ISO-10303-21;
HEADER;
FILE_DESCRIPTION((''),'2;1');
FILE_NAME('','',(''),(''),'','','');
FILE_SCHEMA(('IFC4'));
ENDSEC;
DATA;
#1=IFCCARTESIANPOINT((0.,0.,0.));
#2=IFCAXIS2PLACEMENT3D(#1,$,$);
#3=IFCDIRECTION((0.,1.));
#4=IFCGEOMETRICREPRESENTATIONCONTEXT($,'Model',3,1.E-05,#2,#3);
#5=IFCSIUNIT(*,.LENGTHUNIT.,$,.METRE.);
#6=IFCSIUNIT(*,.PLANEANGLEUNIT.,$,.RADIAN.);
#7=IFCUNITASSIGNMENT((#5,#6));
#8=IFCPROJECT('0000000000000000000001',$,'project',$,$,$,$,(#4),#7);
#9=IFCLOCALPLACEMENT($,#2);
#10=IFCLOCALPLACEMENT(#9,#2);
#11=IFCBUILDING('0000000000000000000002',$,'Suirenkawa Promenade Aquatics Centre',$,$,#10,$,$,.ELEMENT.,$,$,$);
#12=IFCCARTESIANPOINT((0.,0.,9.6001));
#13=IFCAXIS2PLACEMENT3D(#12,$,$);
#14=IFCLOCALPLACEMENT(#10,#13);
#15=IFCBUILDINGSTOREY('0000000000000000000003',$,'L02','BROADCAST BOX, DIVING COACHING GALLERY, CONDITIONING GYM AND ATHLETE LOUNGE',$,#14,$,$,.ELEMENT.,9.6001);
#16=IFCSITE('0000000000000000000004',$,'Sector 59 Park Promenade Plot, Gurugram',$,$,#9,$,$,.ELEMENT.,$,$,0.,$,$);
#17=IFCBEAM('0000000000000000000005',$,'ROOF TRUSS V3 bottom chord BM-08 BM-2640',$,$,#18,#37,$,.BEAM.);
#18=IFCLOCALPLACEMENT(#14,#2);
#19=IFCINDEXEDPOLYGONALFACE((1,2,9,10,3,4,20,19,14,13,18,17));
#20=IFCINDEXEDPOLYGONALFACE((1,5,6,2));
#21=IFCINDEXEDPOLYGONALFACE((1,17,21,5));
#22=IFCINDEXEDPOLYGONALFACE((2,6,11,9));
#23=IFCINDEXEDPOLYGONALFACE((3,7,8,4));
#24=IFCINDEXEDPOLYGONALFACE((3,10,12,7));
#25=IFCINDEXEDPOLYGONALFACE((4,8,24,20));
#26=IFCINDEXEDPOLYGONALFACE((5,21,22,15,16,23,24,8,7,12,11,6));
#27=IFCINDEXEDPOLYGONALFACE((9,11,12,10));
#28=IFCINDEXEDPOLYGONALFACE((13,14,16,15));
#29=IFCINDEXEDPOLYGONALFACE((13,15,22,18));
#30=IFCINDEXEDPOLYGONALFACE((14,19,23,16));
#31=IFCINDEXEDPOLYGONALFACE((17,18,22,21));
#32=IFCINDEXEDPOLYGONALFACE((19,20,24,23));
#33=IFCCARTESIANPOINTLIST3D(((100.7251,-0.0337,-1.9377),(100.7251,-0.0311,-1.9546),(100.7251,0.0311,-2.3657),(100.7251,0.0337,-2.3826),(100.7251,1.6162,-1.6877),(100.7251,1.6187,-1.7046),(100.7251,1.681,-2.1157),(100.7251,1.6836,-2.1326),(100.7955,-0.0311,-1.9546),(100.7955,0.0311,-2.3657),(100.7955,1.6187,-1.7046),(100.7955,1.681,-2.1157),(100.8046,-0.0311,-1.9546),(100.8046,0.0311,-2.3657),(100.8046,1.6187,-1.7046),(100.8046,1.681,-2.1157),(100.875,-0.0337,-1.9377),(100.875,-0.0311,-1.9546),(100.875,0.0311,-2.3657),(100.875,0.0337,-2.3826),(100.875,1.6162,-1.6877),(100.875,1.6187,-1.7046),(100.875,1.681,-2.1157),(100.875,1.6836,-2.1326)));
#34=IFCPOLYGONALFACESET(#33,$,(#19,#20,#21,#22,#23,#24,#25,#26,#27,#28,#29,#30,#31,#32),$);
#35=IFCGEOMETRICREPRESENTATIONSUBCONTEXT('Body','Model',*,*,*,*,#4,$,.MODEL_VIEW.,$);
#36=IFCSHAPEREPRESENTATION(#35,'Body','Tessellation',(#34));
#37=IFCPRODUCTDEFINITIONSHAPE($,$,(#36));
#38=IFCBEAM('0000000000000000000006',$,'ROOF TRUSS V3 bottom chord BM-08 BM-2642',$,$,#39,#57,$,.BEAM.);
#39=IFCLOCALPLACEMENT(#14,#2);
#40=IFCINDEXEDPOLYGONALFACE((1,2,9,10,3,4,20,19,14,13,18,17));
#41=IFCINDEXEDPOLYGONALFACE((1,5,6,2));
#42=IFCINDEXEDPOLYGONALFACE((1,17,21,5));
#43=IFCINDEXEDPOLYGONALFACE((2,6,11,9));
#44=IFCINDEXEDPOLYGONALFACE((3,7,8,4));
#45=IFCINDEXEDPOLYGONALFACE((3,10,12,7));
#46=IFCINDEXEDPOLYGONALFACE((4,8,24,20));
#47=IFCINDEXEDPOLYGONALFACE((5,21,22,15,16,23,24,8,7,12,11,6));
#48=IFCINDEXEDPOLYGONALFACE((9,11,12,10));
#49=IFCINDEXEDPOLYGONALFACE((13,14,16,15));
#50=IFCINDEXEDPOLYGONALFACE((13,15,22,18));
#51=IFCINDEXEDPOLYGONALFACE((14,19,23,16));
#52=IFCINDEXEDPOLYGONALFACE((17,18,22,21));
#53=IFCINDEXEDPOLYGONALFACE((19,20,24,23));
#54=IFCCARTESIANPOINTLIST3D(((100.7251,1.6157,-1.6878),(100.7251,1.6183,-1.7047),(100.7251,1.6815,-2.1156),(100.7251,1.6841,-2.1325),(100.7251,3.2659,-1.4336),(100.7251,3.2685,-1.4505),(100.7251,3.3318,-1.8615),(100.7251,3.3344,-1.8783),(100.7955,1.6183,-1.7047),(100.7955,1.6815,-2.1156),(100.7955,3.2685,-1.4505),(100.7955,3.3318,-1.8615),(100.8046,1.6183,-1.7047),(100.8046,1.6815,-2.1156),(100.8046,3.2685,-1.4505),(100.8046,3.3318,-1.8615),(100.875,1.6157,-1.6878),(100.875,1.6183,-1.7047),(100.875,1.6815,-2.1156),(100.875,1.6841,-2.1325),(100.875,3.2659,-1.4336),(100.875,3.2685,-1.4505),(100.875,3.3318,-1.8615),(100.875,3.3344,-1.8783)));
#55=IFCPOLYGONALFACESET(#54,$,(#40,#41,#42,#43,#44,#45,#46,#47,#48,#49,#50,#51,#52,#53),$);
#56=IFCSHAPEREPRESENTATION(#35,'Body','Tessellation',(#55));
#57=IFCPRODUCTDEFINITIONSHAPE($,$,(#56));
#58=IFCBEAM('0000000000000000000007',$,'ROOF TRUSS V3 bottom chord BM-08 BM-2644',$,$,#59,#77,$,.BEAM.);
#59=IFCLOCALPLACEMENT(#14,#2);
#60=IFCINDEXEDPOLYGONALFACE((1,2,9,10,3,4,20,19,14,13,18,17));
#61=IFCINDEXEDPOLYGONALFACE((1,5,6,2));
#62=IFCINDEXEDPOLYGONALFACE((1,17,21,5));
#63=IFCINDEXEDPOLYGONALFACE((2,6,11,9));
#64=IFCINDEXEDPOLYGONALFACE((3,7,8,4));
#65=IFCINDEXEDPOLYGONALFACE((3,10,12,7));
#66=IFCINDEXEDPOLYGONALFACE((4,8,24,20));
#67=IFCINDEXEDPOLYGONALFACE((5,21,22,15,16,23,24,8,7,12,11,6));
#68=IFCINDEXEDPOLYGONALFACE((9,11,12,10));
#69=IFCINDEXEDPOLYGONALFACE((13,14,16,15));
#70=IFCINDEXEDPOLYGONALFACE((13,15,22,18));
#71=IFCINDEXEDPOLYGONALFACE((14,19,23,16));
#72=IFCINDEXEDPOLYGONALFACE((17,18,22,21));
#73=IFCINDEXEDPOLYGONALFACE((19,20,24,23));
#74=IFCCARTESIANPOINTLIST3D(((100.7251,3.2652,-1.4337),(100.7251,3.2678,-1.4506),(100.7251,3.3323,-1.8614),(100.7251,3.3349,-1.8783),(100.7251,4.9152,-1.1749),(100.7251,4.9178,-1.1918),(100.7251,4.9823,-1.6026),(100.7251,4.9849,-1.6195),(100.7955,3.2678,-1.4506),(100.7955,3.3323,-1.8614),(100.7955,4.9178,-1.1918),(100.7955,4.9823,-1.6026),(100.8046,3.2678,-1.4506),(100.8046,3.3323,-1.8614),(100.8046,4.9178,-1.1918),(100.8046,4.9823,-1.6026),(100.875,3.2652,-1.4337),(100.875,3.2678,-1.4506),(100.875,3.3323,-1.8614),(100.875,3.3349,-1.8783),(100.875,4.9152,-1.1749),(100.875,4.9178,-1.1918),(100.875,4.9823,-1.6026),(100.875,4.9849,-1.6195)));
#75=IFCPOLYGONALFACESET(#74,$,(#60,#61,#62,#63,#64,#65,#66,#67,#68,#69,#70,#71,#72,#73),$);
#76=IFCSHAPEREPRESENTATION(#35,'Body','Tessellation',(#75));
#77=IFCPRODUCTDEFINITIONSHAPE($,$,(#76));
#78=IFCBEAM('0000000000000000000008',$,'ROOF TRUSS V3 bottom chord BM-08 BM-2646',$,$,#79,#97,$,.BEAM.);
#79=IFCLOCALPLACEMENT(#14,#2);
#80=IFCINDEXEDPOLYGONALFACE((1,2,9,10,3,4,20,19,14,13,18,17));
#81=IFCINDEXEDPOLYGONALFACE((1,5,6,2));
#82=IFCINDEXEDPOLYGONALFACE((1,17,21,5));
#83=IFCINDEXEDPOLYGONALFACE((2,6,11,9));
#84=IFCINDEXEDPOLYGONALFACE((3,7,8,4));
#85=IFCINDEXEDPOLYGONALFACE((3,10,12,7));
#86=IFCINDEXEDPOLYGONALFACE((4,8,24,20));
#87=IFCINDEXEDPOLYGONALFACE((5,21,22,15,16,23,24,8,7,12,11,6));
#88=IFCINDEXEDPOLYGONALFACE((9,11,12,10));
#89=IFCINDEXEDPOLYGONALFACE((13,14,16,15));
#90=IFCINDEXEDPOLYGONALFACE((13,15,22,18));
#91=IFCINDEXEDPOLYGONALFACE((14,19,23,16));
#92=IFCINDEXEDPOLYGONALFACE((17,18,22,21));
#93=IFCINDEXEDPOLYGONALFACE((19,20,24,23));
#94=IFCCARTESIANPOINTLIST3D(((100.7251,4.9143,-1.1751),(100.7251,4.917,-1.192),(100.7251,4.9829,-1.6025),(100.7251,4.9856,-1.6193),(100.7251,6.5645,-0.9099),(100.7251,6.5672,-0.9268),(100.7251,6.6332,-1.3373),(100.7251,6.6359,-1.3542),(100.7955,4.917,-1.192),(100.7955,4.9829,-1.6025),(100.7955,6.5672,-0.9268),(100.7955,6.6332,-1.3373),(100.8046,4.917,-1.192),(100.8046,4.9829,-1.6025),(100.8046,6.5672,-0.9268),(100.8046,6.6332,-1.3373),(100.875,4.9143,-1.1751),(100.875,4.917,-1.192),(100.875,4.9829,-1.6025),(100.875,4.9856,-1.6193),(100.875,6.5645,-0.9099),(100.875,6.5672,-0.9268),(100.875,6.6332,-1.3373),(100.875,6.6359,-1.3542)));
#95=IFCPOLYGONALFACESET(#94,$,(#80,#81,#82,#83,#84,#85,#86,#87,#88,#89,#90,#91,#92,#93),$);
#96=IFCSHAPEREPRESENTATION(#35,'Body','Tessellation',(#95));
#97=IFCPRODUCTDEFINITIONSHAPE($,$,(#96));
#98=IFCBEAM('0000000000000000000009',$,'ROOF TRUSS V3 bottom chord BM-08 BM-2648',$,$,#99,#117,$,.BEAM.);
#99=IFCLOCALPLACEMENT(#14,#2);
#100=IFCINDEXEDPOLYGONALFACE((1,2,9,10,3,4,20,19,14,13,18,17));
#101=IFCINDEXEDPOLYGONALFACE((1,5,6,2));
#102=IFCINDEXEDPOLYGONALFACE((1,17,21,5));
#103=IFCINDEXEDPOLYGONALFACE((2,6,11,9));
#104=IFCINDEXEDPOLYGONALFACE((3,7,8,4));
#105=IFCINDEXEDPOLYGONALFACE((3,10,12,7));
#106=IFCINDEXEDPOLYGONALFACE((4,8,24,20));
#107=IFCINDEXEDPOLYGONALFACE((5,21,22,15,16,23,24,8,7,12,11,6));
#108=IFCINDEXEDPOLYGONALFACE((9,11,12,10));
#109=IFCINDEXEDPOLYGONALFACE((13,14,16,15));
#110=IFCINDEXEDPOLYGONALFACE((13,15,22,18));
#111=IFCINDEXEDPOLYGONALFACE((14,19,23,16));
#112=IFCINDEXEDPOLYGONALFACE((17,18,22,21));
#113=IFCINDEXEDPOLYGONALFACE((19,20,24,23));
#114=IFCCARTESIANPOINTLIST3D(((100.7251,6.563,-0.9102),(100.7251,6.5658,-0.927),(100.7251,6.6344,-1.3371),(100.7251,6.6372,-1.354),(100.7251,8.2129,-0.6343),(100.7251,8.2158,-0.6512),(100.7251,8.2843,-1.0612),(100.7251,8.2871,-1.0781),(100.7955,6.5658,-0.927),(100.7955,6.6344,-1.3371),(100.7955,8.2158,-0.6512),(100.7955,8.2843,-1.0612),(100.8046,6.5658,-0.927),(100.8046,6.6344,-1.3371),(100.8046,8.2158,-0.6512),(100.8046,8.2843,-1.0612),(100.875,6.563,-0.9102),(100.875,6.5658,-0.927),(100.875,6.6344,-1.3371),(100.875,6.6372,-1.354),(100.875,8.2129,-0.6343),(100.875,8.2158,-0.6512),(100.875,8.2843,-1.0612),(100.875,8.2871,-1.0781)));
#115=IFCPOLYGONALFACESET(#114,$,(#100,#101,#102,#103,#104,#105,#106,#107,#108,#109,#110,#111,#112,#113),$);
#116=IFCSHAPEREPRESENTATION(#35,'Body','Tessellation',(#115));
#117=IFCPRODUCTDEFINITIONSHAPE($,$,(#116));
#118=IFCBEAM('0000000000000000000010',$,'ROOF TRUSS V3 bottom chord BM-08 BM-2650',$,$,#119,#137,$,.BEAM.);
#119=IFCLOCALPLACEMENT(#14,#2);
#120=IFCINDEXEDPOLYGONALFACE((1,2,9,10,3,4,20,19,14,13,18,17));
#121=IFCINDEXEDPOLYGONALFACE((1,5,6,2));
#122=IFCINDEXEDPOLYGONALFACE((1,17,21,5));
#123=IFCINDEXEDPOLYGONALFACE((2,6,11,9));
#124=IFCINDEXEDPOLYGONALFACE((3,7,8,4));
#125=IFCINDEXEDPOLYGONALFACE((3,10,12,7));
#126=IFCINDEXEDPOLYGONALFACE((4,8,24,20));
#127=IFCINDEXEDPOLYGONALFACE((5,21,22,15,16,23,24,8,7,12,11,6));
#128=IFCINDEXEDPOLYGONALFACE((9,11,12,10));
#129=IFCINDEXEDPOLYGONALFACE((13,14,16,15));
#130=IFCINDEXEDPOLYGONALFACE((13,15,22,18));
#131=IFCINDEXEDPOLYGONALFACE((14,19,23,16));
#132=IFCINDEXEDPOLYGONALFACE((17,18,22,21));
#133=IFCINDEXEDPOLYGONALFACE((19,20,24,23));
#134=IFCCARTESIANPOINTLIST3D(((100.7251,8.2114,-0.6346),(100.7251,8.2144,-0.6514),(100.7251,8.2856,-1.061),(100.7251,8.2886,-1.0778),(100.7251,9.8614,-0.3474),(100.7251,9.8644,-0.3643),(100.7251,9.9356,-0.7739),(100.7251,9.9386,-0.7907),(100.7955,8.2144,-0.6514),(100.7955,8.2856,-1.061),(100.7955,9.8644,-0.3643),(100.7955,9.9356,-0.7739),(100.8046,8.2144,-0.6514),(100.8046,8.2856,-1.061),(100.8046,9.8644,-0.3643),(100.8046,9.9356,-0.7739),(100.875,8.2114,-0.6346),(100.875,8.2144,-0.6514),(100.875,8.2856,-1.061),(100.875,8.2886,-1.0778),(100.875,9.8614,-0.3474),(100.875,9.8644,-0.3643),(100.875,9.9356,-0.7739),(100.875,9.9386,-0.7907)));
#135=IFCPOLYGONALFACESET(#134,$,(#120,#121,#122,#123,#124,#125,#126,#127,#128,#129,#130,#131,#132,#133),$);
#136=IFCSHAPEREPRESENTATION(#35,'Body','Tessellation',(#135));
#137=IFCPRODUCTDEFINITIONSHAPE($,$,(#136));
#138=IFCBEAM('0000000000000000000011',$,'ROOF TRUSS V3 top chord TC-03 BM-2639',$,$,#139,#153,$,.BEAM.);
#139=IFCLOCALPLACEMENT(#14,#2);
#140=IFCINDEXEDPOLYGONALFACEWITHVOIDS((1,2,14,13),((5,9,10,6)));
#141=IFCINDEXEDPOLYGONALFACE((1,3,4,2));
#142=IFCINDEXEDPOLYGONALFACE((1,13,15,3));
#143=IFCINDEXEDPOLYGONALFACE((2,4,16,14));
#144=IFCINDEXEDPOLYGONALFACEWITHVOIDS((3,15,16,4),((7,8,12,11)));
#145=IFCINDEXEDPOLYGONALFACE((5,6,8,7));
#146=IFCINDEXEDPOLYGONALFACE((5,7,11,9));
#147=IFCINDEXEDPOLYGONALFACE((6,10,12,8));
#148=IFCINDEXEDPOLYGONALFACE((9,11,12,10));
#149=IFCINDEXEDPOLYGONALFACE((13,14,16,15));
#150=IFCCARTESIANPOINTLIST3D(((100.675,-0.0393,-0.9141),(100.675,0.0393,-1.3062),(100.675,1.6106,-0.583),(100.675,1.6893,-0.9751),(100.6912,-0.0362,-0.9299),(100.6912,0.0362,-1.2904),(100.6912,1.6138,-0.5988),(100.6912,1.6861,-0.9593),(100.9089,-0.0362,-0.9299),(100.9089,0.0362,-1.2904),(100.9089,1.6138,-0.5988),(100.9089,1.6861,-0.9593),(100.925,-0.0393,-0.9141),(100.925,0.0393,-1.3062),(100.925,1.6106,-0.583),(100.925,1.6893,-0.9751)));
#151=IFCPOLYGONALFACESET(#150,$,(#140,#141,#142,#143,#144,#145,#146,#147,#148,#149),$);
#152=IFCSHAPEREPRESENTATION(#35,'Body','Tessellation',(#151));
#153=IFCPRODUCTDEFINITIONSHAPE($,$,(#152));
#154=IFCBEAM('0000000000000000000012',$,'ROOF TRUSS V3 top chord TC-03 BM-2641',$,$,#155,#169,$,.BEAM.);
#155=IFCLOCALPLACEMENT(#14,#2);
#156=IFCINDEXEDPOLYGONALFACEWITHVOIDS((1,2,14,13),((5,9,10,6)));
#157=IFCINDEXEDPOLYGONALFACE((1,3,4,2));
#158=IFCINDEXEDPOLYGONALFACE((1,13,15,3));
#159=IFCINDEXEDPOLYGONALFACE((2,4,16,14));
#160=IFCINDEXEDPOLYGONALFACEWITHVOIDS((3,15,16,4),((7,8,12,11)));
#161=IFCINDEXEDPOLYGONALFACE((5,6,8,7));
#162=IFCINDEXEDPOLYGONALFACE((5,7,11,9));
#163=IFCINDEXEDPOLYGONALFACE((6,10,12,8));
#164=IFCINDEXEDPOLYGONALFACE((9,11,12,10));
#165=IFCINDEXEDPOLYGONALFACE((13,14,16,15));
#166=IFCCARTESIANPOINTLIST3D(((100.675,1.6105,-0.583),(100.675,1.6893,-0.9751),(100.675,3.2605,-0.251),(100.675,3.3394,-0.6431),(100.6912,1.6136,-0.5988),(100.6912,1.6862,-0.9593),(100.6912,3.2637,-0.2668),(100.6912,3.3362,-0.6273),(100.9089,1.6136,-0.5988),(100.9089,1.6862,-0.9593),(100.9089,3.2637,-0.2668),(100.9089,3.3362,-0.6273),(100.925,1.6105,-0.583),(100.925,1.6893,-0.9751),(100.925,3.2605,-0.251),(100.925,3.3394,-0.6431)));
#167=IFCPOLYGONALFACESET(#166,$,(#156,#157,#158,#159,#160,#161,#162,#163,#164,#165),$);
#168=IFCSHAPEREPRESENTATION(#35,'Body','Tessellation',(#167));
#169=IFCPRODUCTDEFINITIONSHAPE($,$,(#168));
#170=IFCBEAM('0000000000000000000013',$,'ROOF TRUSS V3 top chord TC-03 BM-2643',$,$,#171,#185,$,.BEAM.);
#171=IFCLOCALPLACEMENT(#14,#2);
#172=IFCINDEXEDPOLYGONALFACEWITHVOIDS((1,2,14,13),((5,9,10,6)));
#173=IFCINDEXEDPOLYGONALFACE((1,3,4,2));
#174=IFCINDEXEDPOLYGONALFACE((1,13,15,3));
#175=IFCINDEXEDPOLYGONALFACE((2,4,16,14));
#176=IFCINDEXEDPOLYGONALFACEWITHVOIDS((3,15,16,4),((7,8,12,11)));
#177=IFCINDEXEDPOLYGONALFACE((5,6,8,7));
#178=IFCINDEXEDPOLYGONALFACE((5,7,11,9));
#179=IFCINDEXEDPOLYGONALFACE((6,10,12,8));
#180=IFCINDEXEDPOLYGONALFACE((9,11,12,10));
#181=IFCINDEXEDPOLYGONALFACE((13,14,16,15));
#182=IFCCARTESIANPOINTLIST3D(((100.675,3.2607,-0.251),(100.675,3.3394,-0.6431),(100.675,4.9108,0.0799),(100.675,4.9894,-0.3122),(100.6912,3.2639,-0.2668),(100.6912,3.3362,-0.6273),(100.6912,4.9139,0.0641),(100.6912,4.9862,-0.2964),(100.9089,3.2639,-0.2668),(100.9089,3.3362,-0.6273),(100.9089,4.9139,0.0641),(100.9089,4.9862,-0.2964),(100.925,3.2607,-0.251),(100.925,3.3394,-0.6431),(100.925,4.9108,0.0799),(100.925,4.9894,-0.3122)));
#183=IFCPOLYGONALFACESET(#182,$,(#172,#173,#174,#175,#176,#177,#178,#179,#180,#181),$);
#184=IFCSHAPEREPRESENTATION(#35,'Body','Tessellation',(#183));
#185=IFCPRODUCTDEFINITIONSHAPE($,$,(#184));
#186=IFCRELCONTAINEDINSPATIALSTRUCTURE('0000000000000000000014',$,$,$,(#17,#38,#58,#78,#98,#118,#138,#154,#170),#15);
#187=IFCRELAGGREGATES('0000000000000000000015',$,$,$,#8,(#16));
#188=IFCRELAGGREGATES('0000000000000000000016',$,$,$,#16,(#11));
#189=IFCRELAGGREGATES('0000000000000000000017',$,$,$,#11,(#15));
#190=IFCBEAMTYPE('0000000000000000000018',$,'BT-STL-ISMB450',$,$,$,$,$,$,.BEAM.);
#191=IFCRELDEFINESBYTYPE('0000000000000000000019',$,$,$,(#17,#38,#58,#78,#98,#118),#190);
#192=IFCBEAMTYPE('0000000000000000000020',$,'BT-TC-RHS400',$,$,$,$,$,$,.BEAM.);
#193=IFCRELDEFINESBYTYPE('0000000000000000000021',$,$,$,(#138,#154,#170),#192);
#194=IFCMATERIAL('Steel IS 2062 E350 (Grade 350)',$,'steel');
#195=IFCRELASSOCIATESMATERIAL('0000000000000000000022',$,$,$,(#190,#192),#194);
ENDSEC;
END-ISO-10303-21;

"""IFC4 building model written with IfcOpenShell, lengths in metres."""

from ifc_helpers import new_model, si_unit, direction, frame, origin, origin_2d, place, context, subcontext, project, spatial, hollow_rectangle, i_section, extrude, material, material_profile, profile_set, type_object, element, save


model = new_model("IFC4")

# Units and contexts
model_context = context("Model", 3, precision=1e-05, world=origin(), true_north=direction((0.0, 1.0)))
body_context = subcontext(model_context, "Body", "Model", "MODEL_VIEW")
ifc_project = project(units=[si_unit("LENGTHUNIT", "METRE"), si_unit("PLANEANGLEUNIT", "RADIAN")], contexts=[model_context])

# Site, building, storey
site_placement = place(None, origin())
site = spatial("IfcSite", under=ifc_project, at=site_placement, Name="Sector 59 Park Promenade Plot, Gurugram", CompositionType="ELEMENT", RefElevation=0.0)
building_placement = place(site_placement, origin())
building = spatial("IfcBuilding", under=site, at=building_placement, Name="Suirenkawa Promenade Aquatics Centre", CompositionType="ELEMENT")
storey_placement = place(building_placement, frame((0.0, 0.0, 9.6001)))
storey = spatial("IfcBuildingStorey", under=building, at=storey_placement, Name="L02", Description="BROADCAST BOX, DIVING COACHING GALLERY, CONDITIONING GYM AND ATHLETE LOUNGE", CompositionType="ELEMENT", Elevation=9.6001)

# Beams
ifc_material_1 = material(Name="Steel IS 2062 E350 (Grade 350)", Category="steel")
ifc_material_profile_1 = material_profile(ifc_material_1, i_section(OverallWidth=0.1499, OverallDepth=0.45, WebThickness=0.009, FlangeThickness=0.0171, at=origin_2d()), Name="ISMB 450", Category="steel")
ifc_profile_set_1 = profile_set([ifc_material_profile_1], Name="Steel IS 2062 E350 (Grade 350)")
beam_type_1 = type_object("IfcBeamType", Name="BT-STL-ISMB450", PredefinedType="BEAM", material=ifc_profile_set_1)
beam_1_placement = place(storey_placement, frame((100.8, 0.0, -2.1602), z_axis=(0.0, 0.988714, 0.149814), x_axis=(-1.0, 0.0, 0.0)))
element("IfcBeam", 1, at=beam_1_placement, inside=storey, type_object=beam_type_1, Name="ROOF TRUSS V3 bottom chord BM-08 BM-2640", PredefinedType="BEAM", context=body_context, shape_type="SweptSolid", body=[
    extrude(i_section(OverallWidth=0.1499, OverallDepth=0.45, WebThickness=0.009, FlangeThickness=0.0171, at=origin_2d()), origin(), (0.0, 0.0, 1.0), 1.6687),
])
beam_2_placement = place(storey_placement, frame((100.8, 1.6499, -1.9102), z_axis=(0.0, 0.988346, 0.152222), x_axis=(-1.0, 0.0, 0.0)))
element("IfcBeam", 2, at=beam_2_placement, inside=storey, type_object=beam_type_1, Name="ROOF TRUSS V3 bottom chord BM-08 BM-2642", PredefinedType="BEAM", context=body_context, shape_type="SweptSolid", body=[
    extrude(i_section(OverallWidth=0.1499, OverallDepth=0.45, WebThickness=0.009, FlangeThickness=0.0171, at=origin_2d()), origin(), (0.0, 0.0, 1.0), 1.6697),
])
beam_3_placement = place(storey_placement, frame((100.8, 3.3, -1.656), z_axis=(0.0, 0.987921, 0.154957), x_axis=(-1.0, 0.0, 0.0)))
element("IfcBeam", 3, at=beam_3_placement, inside=storey, type_object=beam_type_1, Name="ROOF TRUSS V3 bottom chord BM-08 BM-2644", PredefinedType="BEAM", context=body_context, shape_type="SweptSolid", body=[
    extrude(i_section(OverallWidth=0.1499, OverallDepth=0.45, WebThickness=0.009, FlangeThickness=0.0171, at=origin_2d()), origin(), (0.0, 0.0, 1.0), 1.6702),
])
beam_4_placement = place(storey_placement, frame((100.8, 4.95, -1.3972), z_axis=(0.0, 0.987337, 0.15864), x_axis=(-1.0, 0.0, 0.0)))
element("IfcBeam", 4, at=beam_4_placement, inside=storey, type_object=beam_type_1, Name="ROOF TRUSS V3 bottom chord BM-08 BM-2646", PredefinedType="BEAM", context=body_context, shape_type="SweptSolid", body=[
    extrude(i_section(OverallWidth=0.1499, OverallDepth=0.45, WebThickness=0.009, FlangeThickness=0.0171, at=origin_2d()), origin(), (0.0, 0.0, 1.0), 1.6714),
])
beam_5_placement = place(storey_placement, frame((100.8, 6.6001, -1.1321), z_axis=(0.0, 0.986307, 0.16492), x_axis=(-1.0, 0.0, 0.0)))
element("IfcBeam", 5, at=beam_5_placement, inside=storey, type_object=beam_type_1, Name="ROOF TRUSS V3 bottom chord BM-08 BM-2648", PredefinedType="BEAM", context=body_context, shape_type="SweptSolid", body=[
    extrude(i_section(OverallWidth=0.1499, OverallDepth=0.45, WebThickness=0.009, FlangeThickness=0.0171, at=origin_2d()), origin(), (0.0, 0.0, 1.0), 1.6729),
])
beam_6_placement = place(storey_placement, frame((100.8, 8.25, -0.8562), z_axis=(0.0, 0.985195, 0.17144), x_axis=(-1.0, 0.0, 0.0)))
element("IfcBeam", 6, at=beam_6_placement, inside=storey, type_object=beam_type_1, Name="ROOF TRUSS V3 bottom chord BM-08 BM-2650", PredefinedType="BEAM", context=body_context, shape_type="SweptSolid", body=[
    extrude(i_section(OverallWidth=0.1499, OverallDepth=0.45, WebThickness=0.009, FlangeThickness=0.0171, at=origin_2d()), origin(), (0.0, 0.0, 1.0), 1.6748),
])
ifc_material_profile_2 = material_profile(ifc_material_1, hollow_rectangle(XDim=0.25, YDim=0.3999, WallThickness=0.0161, at=origin_2d()), Name="RHS 400x250x16", Category="steel")
ifc_profile_set_2 = profile_set([ifc_material_profile_2], Name="Steel IS 2062 E350 (Grade 350)")
beam_type_2 = type_object("IfcBeamType", Name="BT-TC-RHS400", PredefinedType="BEAM", material=ifc_profile_set_2)
beam_7_placement = place(storey_placement, frame((100.8, 0.0, -1.1101), z_axis=(0.0, 0.980458, 0.19673), x_axis=(-1.0, 0.0, 0.0)))
element("IfcBeam", 7, at=beam_7_placement, inside=storey, type_object=beam_type_2, Name="ROOF TRUSS V3 top chord TC-03 BM-2639", PredefinedType="BEAM", context=body_context, shape_type="SweptSolid", body=[
    extrude(hollow_rectangle(XDim=0.25, YDim=0.3999, WallThickness=0.0161, at=origin_2d()), origin(), (0.0, 0.0, 1.0), 1.6829),
])
beam_8_placement = place(storey_placement, frame((100.8, 1.6499, -0.7791), z_axis=(0.0, 0.980351, 0.19726), x_axis=(-1.0, 0.0, 0.0)))
element("IfcBeam", 8, at=beam_8_placement, inside=storey, type_object=beam_type_2, Name="ROOF TRUSS V3 top chord TC-03 BM-2641", PredefinedType="BEAM", context=body_context, shape_type="SweptSolid", body=[
    extrude(hollow_rectangle(XDim=0.25, YDim=0.3999, WallThickness=0.0161, at=origin_2d()), origin(), (0.0, 0.0, 1.0), 1.6831),
])
beam_9_placement = place(storey_placement, frame((100.8, 3.3, -0.447), z_axis=(0.0, 0.980486, 0.19659), x_axis=(-1.0, 0.0, 0.0)))
element("IfcBeam", 9, at=beam_9_placement, inside=storey, type_object=beam_type_2, Name="ROOF TRUSS V3 top chord TC-03 BM-2643", PredefinedType="BEAM", context=body_context, shape_type="SweptSolid", body=[
    extrude(hollow_rectangle(XDim=0.25, YDim=0.3999, WallThickness=0.0161, at=origin_2d()), origin(), (0.0, 0.0, 1.0), 1.6829),
])

save(model, "model.ifc")
